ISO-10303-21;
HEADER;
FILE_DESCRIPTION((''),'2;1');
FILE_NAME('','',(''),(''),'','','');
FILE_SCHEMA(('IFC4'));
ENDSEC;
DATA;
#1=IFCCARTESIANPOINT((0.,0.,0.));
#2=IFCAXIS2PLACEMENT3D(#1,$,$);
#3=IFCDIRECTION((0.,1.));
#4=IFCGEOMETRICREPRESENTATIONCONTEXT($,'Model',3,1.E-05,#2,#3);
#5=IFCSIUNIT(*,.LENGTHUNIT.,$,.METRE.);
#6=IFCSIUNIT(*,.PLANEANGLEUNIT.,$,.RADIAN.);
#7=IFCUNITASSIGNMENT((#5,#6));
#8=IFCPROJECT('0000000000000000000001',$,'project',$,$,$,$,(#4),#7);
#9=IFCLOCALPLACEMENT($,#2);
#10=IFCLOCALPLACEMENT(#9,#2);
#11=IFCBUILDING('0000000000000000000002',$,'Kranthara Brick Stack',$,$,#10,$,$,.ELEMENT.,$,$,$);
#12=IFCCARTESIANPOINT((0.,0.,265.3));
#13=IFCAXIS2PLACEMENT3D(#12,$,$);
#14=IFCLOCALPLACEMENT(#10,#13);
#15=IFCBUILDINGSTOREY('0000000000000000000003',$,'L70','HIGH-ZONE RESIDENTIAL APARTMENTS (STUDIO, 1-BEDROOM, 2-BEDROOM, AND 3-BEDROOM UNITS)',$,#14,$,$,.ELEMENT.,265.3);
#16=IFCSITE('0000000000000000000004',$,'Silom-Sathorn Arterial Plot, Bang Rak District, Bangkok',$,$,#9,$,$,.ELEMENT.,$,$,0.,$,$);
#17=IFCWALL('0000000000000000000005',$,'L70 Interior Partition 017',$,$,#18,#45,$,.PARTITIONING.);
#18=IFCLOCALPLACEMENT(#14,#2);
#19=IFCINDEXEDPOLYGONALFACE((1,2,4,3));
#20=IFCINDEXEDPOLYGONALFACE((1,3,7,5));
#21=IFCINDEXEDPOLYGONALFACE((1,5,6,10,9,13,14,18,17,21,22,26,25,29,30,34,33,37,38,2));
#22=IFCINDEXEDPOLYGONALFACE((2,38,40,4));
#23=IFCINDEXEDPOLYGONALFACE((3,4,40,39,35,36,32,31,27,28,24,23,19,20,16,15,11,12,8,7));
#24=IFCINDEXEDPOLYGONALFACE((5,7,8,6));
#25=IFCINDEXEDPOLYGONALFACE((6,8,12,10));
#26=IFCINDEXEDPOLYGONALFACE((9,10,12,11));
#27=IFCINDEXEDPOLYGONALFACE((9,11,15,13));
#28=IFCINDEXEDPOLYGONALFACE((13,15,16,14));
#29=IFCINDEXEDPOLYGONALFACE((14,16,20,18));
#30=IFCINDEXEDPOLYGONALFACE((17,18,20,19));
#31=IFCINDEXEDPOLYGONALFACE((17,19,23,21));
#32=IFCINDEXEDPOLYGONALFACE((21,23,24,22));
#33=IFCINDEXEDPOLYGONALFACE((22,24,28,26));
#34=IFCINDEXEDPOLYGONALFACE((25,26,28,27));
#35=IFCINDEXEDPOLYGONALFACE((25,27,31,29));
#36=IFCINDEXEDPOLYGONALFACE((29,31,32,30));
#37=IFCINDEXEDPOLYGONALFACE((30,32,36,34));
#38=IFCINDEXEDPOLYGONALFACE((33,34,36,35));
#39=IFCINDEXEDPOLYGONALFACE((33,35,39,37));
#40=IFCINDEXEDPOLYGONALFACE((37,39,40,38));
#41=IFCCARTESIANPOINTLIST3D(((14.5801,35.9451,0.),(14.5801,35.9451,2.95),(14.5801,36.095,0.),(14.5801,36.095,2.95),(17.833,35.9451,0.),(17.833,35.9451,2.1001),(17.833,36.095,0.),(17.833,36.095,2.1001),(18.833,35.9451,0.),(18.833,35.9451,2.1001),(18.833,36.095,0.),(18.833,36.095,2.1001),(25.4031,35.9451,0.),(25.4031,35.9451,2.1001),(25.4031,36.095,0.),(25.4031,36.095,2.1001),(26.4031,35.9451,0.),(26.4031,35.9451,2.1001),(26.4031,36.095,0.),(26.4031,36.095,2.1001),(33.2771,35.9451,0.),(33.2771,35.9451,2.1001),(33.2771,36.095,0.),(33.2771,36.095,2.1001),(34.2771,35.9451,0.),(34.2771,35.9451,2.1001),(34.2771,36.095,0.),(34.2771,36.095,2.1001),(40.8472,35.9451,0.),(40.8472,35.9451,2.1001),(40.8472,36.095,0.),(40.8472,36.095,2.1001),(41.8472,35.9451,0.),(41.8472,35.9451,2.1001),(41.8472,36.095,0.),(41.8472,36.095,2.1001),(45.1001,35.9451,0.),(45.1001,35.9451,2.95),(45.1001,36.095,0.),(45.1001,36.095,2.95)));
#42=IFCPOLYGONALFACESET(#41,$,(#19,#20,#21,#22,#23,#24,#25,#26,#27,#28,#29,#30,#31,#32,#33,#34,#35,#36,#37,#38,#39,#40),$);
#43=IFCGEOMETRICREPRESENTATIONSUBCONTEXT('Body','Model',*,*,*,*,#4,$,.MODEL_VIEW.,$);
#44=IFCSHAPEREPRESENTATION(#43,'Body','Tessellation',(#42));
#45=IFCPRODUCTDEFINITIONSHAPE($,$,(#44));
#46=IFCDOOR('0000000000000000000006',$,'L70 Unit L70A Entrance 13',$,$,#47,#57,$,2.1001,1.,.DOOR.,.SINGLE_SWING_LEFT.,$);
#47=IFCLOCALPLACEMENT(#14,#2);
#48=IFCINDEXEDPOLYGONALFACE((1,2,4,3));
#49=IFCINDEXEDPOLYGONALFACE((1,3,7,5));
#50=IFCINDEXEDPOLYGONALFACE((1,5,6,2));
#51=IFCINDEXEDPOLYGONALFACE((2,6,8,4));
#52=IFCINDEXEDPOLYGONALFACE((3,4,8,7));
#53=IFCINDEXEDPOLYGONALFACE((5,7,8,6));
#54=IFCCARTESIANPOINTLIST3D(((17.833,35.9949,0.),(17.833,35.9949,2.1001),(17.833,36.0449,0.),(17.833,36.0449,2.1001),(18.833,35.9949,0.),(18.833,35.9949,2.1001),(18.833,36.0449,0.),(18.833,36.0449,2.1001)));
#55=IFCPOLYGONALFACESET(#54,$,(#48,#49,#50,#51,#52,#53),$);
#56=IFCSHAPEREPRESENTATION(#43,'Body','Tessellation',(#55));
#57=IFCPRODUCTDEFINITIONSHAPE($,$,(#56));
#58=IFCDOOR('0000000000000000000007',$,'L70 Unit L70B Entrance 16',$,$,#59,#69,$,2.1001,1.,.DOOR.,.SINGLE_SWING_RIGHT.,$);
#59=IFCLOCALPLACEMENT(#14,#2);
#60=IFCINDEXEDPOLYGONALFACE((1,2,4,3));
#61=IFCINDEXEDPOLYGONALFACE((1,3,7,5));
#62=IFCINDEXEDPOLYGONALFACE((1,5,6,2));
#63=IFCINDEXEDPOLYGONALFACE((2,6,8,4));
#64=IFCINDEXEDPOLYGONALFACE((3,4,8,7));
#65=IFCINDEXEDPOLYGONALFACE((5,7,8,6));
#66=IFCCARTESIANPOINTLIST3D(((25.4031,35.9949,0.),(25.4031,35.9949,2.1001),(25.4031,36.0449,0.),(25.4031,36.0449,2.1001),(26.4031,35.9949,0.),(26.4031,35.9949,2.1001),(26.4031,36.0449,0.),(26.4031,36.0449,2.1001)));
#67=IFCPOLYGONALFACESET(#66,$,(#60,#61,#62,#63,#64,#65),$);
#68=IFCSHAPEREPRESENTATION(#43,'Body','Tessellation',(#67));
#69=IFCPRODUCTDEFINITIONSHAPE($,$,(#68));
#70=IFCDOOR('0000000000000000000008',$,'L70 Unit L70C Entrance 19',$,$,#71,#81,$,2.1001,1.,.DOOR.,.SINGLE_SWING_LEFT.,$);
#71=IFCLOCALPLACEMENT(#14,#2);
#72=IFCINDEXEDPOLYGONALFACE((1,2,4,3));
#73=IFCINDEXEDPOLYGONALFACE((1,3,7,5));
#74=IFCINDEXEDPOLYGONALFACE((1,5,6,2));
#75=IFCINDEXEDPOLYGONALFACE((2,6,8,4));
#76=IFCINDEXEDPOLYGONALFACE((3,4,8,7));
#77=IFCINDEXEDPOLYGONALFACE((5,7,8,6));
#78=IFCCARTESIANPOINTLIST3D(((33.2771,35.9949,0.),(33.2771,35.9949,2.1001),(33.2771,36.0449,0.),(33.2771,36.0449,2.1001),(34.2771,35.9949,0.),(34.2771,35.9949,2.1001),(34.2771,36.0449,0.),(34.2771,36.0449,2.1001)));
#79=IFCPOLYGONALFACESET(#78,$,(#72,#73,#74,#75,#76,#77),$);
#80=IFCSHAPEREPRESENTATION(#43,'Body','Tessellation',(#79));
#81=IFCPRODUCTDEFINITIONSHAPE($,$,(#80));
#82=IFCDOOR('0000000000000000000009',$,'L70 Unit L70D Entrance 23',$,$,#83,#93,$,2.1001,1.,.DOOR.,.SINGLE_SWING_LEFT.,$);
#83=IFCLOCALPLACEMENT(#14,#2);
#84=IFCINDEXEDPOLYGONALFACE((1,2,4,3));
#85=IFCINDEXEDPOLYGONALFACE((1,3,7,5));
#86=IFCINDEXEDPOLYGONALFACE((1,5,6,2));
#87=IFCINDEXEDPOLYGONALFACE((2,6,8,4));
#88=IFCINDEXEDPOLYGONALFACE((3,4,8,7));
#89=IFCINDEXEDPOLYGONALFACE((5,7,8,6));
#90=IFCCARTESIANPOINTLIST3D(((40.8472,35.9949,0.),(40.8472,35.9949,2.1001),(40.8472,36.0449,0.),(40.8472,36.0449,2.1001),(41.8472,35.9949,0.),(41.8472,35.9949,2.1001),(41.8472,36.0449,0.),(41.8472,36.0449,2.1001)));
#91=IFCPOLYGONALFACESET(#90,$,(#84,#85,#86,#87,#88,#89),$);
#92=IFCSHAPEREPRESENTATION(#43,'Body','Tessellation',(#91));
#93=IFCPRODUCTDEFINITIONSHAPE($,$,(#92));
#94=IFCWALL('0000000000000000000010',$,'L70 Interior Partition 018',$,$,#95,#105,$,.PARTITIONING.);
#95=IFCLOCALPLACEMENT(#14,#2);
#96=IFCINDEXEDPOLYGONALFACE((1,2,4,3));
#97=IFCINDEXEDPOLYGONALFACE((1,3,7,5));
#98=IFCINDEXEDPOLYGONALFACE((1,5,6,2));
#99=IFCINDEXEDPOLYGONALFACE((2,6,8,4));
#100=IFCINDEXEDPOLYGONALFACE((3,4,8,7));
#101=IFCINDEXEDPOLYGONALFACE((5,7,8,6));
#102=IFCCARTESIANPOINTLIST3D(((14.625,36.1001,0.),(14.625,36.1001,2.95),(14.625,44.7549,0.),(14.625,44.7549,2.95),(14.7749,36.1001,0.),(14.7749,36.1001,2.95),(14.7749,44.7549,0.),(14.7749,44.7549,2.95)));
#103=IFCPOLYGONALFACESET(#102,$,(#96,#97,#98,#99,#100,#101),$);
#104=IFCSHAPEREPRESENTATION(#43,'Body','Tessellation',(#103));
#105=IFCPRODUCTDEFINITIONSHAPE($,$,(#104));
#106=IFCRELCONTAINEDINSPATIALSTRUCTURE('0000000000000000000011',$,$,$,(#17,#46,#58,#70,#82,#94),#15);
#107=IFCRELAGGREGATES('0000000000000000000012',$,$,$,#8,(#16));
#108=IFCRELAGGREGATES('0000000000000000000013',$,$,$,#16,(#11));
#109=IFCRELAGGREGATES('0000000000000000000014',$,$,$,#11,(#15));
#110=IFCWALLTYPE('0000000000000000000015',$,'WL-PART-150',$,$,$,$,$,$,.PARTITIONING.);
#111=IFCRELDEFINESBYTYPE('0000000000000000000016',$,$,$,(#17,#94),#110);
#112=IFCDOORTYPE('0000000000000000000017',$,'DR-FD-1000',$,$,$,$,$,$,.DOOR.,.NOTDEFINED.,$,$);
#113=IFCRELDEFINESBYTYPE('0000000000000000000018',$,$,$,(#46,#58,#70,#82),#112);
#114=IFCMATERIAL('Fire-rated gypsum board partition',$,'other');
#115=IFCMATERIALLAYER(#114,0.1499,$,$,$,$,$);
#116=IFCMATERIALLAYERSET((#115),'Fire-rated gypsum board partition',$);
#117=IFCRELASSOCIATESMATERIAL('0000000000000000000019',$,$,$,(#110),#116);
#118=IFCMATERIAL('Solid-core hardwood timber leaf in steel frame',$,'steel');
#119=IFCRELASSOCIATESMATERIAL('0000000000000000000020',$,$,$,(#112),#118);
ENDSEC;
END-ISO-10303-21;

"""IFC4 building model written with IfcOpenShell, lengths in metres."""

from ifc_helpers import new_model, si_unit, direction, frame, frame_2d, origin, place, context, subcontext, project, spatial, rectangle, extrude, material, layer, layer_set, type_object, element, fill, save


model = new_model("IFC4")

# Units and contexts
model_context = context("Model", 3, precision=1e-05, world=origin(), true_north=direction((0.0, 1.0)))
body_context = subcontext(model_context, "Body", "Model", "MODEL_VIEW")
ifc_project = project(units=[si_unit("LENGTHUNIT", "METRE"), si_unit("PLANEANGLEUNIT", "RADIAN")], contexts=[model_context])

# Site, building, storey
site_placement = place(None, origin())
site = spatial("IfcSite", under=ifc_project, at=site_placement, Name="Silom-Sathorn Arterial Plot, Bang Rak District, Bangkok", CompositionType="ELEMENT", RefElevation=0.0)
building_placement = place(site_placement, origin())
building = spatial("IfcBuilding", under=site, at=building_placement, Name="Kranthara Brick Stack", CompositionType="ELEMENT")
storey_placement = place(building_placement, frame((0.0, 0.0, 265.3)))
storey = spatial("IfcBuildingStorey", under=building, at=storey_placement, Name="L70", Description="HIGH-ZONE RESIDENTIAL APARTMENTS (STUDIO, 1-BEDROOM, 2-BEDROOM, AND 3-BEDROOM UNITS)", CompositionType="ELEMENT", Elevation=265.3)

# Wall, openings, doors
ifc_material_1 = material(Name="Fire-rated gypsum board partition", Category="other")
ifc_layer_1 = layer(ifc_material_1, 0.1499)
ifc_layer_set_1 = layer_set([ifc_layer_1], Name="Fire-rated gypsum board partition")
wall_type_1 = type_object("IfcWallType", Name="WL-PART-150", PredefinedType="PARTITIONING", material=ifc_layer_set_1)
wall_1_placement = place(storey_placement, frame((14.5801, 36.02, 0.0), z_axis=(0.0, 0.0, 1.0), x_axis=(1.0, 0.0, 0.0)))
wall_1 = element("IfcWall", 1, at=wall_1_placement, inside=storey, type_object=wall_type_1, Name="L70 Interior Partition 017", PredefinedType="PARTITIONING", context=body_context, shape_type="SweptSolid", body=[
    extrude(rectangle(XDim=30.52, YDim=0.1499, at=frame_2d((15.26, 0.0))), origin(), (0.0, 0.0, 1.0), 2.95),
])
opening_1_placement = place(wall_1_placement, frame((3.2529, 0.0, 0.0)))
opening_1 = element("IfcOpeningElement", 2, at=opening_1_placement, cuts=wall_1, PredefinedType="OPENING", context=body_context, shape_type="SweptSolid", body=[
    extrude(rectangle(XDim=1.0, YDim=2.1001, at=frame_2d((0.5, 1.05))), frame((0.0, 0.085, 0.0), z_axis=(0.0, -1.0, 0.0), x_axis=(1.0, 0.0, 0.0)), (0.0, 0.0, 1.0), 0.1699),
])
opening_2_placement = place(wall_1_placement, frame((10.823, 0.0, 0.0)))
opening_2 = element("IfcOpeningElement", 3, at=opening_2_placement, cuts=wall_1, PredefinedType="OPENING", context=body_context, shape_type="SweptSolid", body=[
    extrude(rectangle(XDim=1.0, YDim=2.1001, at=frame_2d((0.5, 1.05))), frame((0.0, 0.085, 0.0), z_axis=(0.0, -1.0, 0.0), x_axis=(1.0, 0.0, 0.0)), (0.0, 0.0, 1.0), 0.1699),
])
opening_3_placement = place(wall_1_placement, frame((18.697, 0.0, 0.0)))
opening_3 = element("IfcOpeningElement", 4, at=opening_3_placement, cuts=wall_1, PredefinedType="OPENING", context=body_context, shape_type="SweptSolid", body=[
    extrude(rectangle(XDim=1.0, YDim=2.1001, at=frame_2d((0.5, 1.05))), frame((0.0, 0.085, 0.0), z_axis=(0.0, -1.0, 0.0), x_axis=(1.0, 0.0, 0.0)), (0.0, 0.0, 1.0), 0.1699),
])
opening_4_placement = place(wall_1_placement, frame((26.2671, 0.0, 0.0)))
opening_4 = element("IfcOpeningElement", 5, at=opening_4_placement, cuts=wall_1, PredefinedType="OPENING", context=body_context, shape_type="SweptSolid", body=[
    extrude(rectangle(XDim=1.0, YDim=2.1001, at=frame_2d((0.5, 1.05))), frame((0.0, 0.085, 0.0), z_axis=(0.0, -1.0, 0.0), x_axis=(1.0, 0.0, 0.0)), (0.0, 0.0, 1.0), 0.1699),
])
ifc_material_2 = material(Name="Solid-core hardwood timber leaf in steel frame", Category="steel")
door_type_1 = type_object("IfcDoorType", Name="DR-FD-1000", OperationType="NOTDEFINED", PredefinedType="DOOR", material=ifc_material_2)
door_1_placement = place(opening_1_placement, origin())
door_1 = element("IfcDoor", 6, at=door_1_placement, inside=storey, type_object=door_type_1, Name="L70 Unit L70A Entrance 13", OperationType="SINGLE_SWING_LEFT", OverallHeight=2.1001, OverallWidth=1.0, PredefinedType="DOOR", context=body_context, shape_type="SweptSolid", body=[
    extrude(rectangle(XDim=1.0, YDim=2.1001, at=frame_2d((0.5, 1.05))), frame((0.0, 0.0249, 0.0), z_axis=(0.0, -1.0, 0.0), x_axis=(1.0, 0.0, 0.0)), (0.0, 0.0, 1.0), 0.05),
])
fill(opening_1, door_1)
door_2_placement = place(opening_2_placement, origin())
door_2 = element("IfcDoor", 7, at=door_2_placement, inside=storey, type_object=door_type_1, Name="L70 Unit L70B Entrance 16", OperationType="SINGLE_SWING_RIGHT", OverallHeight=2.1001, OverallWidth=1.0, PredefinedType="DOOR", context=body_context, shape_type="SweptSolid", body=[
    extrude(rectangle(XDim=1.0, YDim=2.1001, at=frame_2d((0.5, 1.05))), frame((0.0, 0.0249, 0.0), z_axis=(0.0, -1.0, 0.0), x_axis=(1.0, 0.0, 0.0)), (0.0, 0.0, 1.0), 0.05),
])
fill(opening_2, door_2)
door_3_placement = place(opening_3_placement, origin())
door_3 = element("IfcDoor", 8, at=door_3_placement, inside=storey, type_object=door_type_1, Name="L70 Unit L70C Entrance 19", OperationType="SINGLE_SWING_LEFT", OverallHeight=2.1001, OverallWidth=1.0, PredefinedType="DOOR", context=body_context, shape_type="SweptSolid", body=[
    extrude(rectangle(XDim=1.0, YDim=2.1001, at=frame_2d((0.5, 1.05))), frame((0.0, 0.0249, 0.0), z_axis=(0.0, -1.0, 0.0), x_axis=(1.0, 0.0, 0.0)), (0.0, 0.0, 1.0), 0.05),
])
fill(opening_3, door_3)
door_4_placement = place(opening_4_placement, origin())
door_4 = element("IfcDoor", 9, at=door_4_placement, inside=storey, type_object=door_type_1, Name="L70 Unit L70D Entrance 23", OperationType="SINGLE_SWING_LEFT", OverallHeight=2.1001, OverallWidth=1.0, PredefinedType="DOOR", context=body_context, shape_type="SweptSolid", body=[
    extrude(rectangle(XDim=1.0, YDim=2.1001, at=frame_2d((0.5, 1.05))), frame((0.0, 0.0249, 0.0), z_axis=(0.0, -1.0, 0.0), x_axis=(1.0, 0.0, 0.0)), (0.0, 0.0, 1.0), 0.05),
])
fill(opening_4, door_4)

# Wall
wall_2_placement = place(storey_placement, frame((14.7, 36.1001, 0.0), z_axis=(0.0, 0.0, 1.0), x_axis=(0.0, 1.0, 0.0)))
element("IfcWall", 10, at=wall_2_placement, inside=storey, type_object=wall_type_1, Name="L70 Interior Partition 018", PredefinedType="PARTITIONING", context=body_context, shape_type="SweptSolid", body=[
    extrude(rectangle(XDim=8.6548, YDim=0.1499, at=frame_2d((4.3274, 0.0))), origin(), (0.0, 0.0, 1.0), 2.95),
])

save(model, "model.ifc")
